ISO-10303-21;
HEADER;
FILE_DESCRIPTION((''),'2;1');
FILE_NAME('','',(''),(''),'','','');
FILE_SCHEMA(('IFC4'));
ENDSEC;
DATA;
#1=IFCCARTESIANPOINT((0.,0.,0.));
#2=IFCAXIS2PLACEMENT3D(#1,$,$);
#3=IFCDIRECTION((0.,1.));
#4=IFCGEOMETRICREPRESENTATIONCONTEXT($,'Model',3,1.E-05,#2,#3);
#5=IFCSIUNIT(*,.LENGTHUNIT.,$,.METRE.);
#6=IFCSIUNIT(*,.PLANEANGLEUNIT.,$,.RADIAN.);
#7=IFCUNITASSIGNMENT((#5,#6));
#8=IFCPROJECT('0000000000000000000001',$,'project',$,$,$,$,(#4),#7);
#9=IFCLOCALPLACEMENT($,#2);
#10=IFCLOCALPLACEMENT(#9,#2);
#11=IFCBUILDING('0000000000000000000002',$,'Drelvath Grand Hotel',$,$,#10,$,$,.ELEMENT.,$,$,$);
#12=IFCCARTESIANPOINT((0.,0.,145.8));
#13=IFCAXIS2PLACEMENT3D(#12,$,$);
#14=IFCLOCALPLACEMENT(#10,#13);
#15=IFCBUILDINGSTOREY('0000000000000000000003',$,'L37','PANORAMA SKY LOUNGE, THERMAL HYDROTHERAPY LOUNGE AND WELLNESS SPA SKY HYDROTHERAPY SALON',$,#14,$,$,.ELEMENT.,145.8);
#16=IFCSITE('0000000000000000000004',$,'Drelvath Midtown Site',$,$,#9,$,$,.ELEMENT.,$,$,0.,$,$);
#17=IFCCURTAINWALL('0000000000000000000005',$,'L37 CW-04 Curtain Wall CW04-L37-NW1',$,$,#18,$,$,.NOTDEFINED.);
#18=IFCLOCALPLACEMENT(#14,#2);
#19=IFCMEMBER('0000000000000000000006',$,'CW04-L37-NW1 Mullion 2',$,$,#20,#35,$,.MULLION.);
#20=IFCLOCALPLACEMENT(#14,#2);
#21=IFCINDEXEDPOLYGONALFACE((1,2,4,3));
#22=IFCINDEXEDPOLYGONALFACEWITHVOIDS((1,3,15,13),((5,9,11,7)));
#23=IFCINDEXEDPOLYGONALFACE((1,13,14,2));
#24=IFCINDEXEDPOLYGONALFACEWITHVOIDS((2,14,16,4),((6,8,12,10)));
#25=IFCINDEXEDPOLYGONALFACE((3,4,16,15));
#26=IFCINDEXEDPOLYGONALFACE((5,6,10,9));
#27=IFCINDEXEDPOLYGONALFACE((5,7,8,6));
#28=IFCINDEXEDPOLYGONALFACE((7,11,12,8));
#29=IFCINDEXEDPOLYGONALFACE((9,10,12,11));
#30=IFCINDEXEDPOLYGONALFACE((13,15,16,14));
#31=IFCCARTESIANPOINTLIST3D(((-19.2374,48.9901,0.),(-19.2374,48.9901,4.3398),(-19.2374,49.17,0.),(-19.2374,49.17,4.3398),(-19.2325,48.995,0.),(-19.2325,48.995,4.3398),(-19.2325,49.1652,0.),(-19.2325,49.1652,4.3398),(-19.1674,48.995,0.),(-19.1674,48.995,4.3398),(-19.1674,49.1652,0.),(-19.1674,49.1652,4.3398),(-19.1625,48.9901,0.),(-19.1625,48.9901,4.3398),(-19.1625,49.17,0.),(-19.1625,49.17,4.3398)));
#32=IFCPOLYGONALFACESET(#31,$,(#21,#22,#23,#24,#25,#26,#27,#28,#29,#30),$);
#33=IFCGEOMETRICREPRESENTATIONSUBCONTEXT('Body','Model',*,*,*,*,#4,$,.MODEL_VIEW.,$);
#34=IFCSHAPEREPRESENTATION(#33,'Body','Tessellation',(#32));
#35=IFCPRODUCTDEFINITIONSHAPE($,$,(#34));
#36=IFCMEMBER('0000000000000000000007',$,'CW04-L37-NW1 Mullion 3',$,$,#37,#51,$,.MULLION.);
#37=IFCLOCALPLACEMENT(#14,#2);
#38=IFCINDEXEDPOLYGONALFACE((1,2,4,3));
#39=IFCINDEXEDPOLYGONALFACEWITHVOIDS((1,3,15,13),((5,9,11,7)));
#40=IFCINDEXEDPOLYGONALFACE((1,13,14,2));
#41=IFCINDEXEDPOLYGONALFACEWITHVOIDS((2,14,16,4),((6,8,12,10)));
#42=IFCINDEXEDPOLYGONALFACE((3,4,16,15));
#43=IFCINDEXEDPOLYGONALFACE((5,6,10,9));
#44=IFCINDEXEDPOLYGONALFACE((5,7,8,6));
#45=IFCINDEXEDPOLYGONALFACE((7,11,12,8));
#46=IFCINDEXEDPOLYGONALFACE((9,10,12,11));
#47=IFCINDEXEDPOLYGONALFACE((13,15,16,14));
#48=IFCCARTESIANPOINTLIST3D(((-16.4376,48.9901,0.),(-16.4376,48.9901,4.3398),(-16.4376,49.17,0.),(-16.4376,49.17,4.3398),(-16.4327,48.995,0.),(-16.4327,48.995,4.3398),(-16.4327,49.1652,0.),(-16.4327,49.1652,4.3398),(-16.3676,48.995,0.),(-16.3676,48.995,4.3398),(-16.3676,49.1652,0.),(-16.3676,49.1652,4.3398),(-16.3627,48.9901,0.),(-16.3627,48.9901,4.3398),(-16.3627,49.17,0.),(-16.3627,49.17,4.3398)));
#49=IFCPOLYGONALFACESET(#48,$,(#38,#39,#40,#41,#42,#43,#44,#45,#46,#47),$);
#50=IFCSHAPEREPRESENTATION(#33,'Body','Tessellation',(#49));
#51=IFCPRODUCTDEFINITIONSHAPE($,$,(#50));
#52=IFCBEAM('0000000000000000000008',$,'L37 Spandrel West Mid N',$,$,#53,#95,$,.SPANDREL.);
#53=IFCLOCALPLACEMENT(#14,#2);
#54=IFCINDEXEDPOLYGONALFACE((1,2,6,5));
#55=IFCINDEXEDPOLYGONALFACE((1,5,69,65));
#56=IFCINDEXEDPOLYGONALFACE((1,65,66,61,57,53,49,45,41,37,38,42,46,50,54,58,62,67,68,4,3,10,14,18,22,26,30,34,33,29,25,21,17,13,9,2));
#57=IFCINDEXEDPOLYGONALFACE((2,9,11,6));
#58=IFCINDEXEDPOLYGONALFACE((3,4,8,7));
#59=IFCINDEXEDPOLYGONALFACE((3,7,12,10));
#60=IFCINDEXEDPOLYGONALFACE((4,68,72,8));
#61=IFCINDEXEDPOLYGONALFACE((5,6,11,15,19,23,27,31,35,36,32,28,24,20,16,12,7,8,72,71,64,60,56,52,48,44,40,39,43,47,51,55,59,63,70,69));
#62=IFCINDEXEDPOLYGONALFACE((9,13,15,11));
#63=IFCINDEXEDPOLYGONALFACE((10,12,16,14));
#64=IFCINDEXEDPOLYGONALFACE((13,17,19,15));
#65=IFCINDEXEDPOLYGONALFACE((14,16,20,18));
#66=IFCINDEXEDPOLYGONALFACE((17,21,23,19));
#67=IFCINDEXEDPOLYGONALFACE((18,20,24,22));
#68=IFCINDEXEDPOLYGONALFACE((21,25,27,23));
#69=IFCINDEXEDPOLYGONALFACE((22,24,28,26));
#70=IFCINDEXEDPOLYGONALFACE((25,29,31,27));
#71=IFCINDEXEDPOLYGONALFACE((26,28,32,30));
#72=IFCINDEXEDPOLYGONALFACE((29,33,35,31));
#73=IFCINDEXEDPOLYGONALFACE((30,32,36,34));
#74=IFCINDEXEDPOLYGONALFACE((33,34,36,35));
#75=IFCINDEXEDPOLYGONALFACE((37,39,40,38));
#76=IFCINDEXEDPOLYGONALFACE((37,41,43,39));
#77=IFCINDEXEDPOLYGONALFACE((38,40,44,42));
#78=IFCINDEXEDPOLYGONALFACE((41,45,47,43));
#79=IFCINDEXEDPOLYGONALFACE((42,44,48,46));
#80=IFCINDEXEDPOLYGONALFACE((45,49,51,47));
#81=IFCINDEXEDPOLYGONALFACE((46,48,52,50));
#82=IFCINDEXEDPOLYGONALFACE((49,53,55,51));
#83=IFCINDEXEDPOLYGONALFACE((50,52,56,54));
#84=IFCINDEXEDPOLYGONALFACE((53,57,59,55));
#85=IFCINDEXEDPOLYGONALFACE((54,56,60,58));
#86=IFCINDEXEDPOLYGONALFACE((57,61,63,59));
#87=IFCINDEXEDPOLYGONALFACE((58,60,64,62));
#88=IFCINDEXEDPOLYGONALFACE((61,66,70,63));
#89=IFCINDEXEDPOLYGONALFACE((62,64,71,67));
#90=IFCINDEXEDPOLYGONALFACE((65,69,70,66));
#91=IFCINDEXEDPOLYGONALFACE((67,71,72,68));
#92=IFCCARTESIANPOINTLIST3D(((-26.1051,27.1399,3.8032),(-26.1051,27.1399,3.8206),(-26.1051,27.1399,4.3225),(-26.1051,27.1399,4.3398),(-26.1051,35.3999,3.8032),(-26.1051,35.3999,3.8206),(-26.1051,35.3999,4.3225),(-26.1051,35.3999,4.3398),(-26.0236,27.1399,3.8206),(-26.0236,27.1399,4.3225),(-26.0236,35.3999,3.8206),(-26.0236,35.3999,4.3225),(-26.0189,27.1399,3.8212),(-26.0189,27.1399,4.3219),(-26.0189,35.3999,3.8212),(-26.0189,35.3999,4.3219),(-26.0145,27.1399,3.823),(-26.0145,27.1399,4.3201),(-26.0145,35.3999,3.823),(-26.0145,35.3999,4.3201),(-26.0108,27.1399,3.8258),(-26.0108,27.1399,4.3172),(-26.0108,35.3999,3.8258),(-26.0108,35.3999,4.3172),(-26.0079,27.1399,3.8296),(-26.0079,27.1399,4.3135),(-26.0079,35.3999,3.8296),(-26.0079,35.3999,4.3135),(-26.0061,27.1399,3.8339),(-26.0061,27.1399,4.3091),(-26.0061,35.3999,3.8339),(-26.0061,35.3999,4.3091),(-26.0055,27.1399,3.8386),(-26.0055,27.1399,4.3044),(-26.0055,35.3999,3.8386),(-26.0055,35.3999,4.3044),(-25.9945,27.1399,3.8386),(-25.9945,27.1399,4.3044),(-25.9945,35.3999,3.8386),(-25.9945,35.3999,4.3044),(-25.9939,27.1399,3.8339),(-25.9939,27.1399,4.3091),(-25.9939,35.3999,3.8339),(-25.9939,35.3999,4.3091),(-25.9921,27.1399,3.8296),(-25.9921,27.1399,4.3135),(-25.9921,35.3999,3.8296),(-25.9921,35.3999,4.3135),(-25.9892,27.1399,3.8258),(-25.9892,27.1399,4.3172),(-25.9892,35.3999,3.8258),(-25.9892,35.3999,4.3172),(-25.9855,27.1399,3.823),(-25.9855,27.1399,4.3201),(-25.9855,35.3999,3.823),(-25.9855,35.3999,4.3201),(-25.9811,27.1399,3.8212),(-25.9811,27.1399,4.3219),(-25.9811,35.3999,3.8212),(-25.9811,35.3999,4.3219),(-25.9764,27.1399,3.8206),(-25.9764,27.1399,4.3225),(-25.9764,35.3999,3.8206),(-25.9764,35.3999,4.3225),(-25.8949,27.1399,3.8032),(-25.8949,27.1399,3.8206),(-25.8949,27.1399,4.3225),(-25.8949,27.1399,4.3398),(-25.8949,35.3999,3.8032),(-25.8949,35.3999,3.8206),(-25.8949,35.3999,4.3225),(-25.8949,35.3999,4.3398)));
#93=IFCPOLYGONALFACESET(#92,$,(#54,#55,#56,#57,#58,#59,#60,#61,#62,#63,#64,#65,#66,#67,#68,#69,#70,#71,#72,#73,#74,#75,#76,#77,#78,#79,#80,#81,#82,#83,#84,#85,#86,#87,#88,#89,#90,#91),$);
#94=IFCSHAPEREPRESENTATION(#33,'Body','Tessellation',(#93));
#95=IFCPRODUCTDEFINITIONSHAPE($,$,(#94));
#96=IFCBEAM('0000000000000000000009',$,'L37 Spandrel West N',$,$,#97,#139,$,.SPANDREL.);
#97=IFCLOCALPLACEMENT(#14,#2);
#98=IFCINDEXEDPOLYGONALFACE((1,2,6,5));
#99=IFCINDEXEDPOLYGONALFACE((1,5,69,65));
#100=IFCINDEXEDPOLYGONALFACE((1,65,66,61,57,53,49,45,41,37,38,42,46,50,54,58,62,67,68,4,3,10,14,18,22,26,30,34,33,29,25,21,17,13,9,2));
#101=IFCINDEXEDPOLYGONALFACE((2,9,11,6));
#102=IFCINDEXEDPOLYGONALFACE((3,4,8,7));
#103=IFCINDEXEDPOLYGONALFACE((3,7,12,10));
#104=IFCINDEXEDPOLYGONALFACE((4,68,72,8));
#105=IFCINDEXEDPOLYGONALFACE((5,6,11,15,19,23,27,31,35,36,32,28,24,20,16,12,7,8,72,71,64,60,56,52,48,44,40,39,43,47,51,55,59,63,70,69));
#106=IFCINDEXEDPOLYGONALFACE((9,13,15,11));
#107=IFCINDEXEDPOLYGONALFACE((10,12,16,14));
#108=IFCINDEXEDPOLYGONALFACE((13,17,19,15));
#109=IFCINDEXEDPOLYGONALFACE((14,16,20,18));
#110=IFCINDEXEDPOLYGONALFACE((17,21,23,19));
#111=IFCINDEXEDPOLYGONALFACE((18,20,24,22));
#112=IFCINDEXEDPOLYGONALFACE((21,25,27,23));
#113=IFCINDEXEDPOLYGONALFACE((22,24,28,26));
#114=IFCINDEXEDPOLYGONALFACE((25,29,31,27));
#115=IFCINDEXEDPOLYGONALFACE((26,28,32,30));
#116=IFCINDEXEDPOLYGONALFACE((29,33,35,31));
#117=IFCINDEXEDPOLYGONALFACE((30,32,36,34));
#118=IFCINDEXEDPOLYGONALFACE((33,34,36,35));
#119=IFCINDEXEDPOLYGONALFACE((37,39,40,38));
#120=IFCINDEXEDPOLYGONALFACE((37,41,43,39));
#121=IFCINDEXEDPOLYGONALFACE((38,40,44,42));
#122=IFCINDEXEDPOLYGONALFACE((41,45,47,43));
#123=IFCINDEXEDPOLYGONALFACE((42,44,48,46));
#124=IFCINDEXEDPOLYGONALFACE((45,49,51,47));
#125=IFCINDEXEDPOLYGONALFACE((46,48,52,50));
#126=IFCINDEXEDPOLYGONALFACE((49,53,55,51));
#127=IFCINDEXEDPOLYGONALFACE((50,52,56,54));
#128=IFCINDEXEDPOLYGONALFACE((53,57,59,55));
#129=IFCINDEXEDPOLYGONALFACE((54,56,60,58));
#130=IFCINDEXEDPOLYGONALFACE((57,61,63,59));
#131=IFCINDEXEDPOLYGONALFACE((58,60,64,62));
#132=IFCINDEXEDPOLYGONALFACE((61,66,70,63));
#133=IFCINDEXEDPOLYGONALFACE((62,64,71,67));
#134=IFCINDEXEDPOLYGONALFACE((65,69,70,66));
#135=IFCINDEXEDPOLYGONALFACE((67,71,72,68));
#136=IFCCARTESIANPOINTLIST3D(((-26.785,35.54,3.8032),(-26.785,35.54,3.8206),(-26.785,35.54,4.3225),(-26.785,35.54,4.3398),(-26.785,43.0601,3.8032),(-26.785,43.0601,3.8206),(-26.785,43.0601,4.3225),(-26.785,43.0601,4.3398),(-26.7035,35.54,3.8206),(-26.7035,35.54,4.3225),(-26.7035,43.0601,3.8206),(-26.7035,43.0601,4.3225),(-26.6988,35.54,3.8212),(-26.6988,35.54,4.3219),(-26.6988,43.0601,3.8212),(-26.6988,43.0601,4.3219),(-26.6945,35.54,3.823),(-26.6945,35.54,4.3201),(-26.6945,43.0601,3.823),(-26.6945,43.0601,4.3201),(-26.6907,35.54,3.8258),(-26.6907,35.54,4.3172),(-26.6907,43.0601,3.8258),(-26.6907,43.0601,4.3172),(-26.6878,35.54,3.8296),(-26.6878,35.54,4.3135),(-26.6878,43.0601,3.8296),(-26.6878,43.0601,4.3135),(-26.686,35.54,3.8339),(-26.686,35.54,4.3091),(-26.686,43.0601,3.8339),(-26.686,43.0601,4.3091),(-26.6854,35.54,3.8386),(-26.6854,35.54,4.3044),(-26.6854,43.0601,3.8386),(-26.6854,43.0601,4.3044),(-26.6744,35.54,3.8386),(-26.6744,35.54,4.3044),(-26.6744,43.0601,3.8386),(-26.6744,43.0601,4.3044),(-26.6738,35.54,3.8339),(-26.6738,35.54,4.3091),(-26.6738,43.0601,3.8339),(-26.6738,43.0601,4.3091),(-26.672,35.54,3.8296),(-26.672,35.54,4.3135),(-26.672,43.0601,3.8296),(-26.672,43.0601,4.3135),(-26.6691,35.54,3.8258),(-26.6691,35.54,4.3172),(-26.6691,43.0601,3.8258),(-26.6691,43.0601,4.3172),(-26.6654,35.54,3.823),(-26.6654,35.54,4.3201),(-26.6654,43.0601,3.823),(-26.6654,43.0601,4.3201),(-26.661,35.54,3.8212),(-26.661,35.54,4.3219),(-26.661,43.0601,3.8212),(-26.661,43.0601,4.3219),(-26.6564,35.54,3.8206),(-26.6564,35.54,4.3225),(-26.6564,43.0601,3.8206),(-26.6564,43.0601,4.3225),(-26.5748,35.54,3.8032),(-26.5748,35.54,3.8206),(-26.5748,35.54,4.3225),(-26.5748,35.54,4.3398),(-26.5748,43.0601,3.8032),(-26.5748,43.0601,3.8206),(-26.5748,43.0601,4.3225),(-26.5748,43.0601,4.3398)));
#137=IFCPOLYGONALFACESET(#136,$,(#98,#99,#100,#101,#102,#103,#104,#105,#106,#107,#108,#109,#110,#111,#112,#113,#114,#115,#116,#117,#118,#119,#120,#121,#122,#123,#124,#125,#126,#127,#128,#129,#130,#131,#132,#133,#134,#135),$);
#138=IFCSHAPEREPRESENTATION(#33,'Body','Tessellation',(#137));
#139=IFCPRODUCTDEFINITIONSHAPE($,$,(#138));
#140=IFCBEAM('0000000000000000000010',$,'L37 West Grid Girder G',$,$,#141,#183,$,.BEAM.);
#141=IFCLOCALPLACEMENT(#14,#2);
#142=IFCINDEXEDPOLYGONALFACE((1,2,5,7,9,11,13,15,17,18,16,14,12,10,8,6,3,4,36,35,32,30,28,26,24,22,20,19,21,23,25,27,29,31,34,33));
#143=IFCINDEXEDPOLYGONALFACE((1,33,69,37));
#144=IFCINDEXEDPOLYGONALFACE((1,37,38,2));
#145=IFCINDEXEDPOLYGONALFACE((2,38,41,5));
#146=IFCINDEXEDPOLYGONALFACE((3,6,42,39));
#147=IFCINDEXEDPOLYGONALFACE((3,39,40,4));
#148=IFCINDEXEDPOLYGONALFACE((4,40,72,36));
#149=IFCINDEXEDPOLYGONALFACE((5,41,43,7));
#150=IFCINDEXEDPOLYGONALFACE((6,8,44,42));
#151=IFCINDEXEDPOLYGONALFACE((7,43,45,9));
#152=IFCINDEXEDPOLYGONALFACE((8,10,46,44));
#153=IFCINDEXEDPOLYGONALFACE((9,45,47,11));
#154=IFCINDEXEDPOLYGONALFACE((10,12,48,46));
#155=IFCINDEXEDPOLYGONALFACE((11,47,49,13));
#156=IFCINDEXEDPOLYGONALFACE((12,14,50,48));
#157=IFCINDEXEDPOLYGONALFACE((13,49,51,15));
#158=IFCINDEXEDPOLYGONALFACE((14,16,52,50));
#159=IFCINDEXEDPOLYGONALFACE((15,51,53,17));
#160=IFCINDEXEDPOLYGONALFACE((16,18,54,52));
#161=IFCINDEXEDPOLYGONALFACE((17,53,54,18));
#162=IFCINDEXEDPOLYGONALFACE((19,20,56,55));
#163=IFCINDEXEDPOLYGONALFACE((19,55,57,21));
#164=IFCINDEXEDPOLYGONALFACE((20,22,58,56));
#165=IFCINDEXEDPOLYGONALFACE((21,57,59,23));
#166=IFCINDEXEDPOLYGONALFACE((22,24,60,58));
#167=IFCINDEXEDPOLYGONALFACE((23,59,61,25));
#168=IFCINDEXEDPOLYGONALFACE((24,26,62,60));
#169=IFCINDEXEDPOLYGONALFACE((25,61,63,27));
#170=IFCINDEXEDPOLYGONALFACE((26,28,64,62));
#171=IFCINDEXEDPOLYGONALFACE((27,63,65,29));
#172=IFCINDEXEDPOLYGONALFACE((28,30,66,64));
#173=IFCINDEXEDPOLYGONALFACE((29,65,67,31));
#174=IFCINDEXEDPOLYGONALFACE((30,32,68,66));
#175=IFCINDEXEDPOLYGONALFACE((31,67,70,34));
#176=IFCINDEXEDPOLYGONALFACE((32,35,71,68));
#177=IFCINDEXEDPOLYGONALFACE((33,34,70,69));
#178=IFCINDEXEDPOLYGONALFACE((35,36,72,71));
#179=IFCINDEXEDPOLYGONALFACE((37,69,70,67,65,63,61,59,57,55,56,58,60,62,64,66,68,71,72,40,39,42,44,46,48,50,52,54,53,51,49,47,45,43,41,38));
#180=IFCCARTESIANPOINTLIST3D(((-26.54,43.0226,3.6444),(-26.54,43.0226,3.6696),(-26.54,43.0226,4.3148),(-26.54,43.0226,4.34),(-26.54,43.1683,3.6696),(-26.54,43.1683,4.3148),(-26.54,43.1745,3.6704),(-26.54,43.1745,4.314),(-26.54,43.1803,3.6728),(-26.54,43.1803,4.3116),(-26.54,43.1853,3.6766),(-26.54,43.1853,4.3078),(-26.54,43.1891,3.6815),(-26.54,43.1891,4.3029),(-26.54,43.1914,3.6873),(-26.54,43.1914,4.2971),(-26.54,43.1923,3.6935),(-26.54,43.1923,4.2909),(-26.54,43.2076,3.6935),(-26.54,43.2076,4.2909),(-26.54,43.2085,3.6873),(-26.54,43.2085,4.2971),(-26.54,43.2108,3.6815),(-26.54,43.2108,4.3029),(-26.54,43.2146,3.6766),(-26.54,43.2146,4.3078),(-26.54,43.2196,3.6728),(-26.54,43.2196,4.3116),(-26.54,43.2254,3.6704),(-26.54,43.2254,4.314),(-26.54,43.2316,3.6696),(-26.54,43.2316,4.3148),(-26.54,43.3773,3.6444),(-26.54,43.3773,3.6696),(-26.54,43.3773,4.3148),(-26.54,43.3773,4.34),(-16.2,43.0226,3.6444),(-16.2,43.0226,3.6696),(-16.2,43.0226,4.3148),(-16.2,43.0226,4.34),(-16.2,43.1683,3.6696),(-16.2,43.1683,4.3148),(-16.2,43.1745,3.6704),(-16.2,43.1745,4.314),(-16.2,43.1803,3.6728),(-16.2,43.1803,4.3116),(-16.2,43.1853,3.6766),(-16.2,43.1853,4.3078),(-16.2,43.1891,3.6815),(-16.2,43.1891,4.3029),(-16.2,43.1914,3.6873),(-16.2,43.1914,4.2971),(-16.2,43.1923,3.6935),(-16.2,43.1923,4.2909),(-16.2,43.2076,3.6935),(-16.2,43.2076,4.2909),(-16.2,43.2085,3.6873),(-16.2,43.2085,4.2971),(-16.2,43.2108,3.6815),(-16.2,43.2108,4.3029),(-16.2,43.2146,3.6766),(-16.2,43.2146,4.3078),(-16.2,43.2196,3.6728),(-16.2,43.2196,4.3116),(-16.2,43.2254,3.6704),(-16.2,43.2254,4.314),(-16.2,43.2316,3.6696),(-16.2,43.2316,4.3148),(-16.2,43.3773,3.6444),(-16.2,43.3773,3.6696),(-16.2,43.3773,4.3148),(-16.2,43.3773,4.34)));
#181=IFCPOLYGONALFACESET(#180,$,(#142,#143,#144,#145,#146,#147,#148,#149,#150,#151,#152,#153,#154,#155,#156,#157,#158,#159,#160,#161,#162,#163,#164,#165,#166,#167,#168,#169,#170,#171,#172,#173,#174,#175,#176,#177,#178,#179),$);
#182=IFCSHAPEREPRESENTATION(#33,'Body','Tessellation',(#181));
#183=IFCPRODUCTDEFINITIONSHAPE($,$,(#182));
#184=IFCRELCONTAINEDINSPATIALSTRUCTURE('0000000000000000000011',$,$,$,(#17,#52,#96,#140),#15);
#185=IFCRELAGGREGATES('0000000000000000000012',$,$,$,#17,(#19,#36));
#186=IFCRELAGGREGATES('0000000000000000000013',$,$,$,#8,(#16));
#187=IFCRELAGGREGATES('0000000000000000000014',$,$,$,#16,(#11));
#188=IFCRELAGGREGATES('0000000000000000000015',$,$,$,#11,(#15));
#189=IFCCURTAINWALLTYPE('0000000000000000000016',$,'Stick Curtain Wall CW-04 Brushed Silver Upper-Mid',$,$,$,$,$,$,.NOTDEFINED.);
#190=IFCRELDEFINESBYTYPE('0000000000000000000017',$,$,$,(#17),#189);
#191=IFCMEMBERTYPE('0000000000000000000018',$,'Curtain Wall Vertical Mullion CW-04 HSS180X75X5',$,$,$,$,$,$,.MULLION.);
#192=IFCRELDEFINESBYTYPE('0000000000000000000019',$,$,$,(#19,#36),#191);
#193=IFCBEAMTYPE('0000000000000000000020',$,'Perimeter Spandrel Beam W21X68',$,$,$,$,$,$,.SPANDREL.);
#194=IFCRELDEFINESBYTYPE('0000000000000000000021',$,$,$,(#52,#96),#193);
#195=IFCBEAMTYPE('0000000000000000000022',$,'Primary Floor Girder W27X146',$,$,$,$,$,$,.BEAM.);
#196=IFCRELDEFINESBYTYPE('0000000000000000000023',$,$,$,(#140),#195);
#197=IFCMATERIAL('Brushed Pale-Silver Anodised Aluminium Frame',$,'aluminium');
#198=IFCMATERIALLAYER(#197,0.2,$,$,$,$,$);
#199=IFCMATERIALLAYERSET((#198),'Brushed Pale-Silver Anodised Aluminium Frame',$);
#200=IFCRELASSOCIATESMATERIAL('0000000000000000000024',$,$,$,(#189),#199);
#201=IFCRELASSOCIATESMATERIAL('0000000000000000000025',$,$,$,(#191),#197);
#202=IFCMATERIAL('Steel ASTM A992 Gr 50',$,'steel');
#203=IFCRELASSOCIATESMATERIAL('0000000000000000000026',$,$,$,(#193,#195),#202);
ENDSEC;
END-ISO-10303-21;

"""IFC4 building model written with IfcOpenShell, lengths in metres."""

from ifc_helpers import new_model, si_unit, direction, frame, origin, origin_2d, place, context, subcontext, project, spatial, hollow_rectangle, i_section, extrude, material, layer, layer_set, material_profile, profile_set, type_object, element, aggregate, save


model = new_model("IFC4")

# Units and contexts
model_context = context("Model", 3, precision=1e-05, world=origin(), true_north=direction((0.0, 1.0)))
body_context = subcontext(model_context, "Body", "Model", "MODEL_VIEW")
ifc_project = project(units=[si_unit("LENGTHUNIT", "METRE"), si_unit("PLANEANGLEUNIT", "RADIAN")], contexts=[model_context])

# Site, building, storey
site_placement = place(None, origin())
site = spatial("IfcSite", under=ifc_project, at=site_placement, Name="Drelvath Midtown Site", CompositionType="ELEMENT", RefElevation=0.0)
building_placement = place(site_placement, origin())
building = spatial("IfcBuilding", under=site, at=building_placement, Name="Drelvath Grand Hotel", CompositionType="ELEMENT")
storey_placement = place(building_placement, frame((0.0, 0.0, 145.8)))
storey = spatial("IfcBuildingStorey", under=building, at=storey_placement, Name="L37", Description="PANORAMA SKY LOUNGE, THERMAL HYDROTHERAPY LOUNGE AND WELLNESS SPA SKY HYDROTHERAPY SALON", CompositionType="ELEMENT", Elevation=145.8)

# Curtain wall
ifc_material_1 = material(Name="Brushed Pale-Silver Anodised Aluminium Frame", Category="aluminium")
ifc_layer_1 = layer(ifc_material_1, 0.2)
ifc_layer_set_1 = layer_set([ifc_layer_1], Name="Brushed Pale-Silver Anodised Aluminium Frame")
curtain_wall_type = type_object("IfcCurtainWallType", Name="Stick Curtain Wall CW-04 Brushed Silver Upper-Mid", PredefinedType="NOTDEFINED", material=ifc_layer_set_1)
curtain_wall_1_placement = place(storey_placement, origin())
curtain_wall_1 = element("IfcCurtainWall", 1, at=curtain_wall_1_placement, inside=storey, type_object=curtain_wall_type, Name="L37 CW-04 Curtain Wall CW04-L37-NW1", PredefinedType="NOTDEFINED")
ifc_material_profile_1 = material_profile(ifc_material_1, hollow_rectangle(XDim=0.075, YDim=0.1799, WallThickness=0.0049, at=origin_2d()), Name="HSS180X75X5")
ifc_profile_set_1 = profile_set([ifc_material_profile_1], Name="Brushed Pale-Silver Anodised Aluminium Frame")
member_type_1 = type_object("IfcMemberType", Name="Curtain Wall Vertical Mullion CW-04 HSS180X75X5", PredefinedType="MULLION", material=ifc_profile_set_1)

# Members
member_1_placement = place(storey_placement, frame((-19.2, 49.0801, 0.0), z_axis=(0.0, 0.0, 1.0), x_axis=(1.0, 0.0, 0.0)))
member_1 = element("IfcMember", 2, at=member_1_placement, type_object=member_type_1, Name="CW04-L37-NW1 Mullion 2", PredefinedType="MULLION", context=body_context, shape_type="SweptSolid", body=[
    extrude(hollow_rectangle(XDim=0.075, YDim=0.1799, WallThickness=0.0049, at=origin_2d()), origin(), (0.0, 0.0, 1.0), 4.3398),
])
member_2_placement = place(storey_placement, frame((-16.4001, 49.0801, 0.0), z_axis=(0.0, 0.0, 1.0), x_axis=(1.0, 0.0, 0.0)))
member_2 = element("IfcMember", 3, at=member_2_placement, type_object=member_type_1, Name="CW04-L37-NW1 Mullion 3", PredefinedType="MULLION", context=body_context, shape_type="SweptSolid", body=[
    extrude(hollow_rectangle(XDim=0.075, YDim=0.1799, WallThickness=0.0049, at=origin_2d()), origin(), (0.0, 0.0, 1.0), 4.3398),
])

# Beams
ifc_material_2 = material(Name="Steel ASTM A992 Gr 50", Category="steel")
ifc_material_profile_2 = material_profile(ifc_material_2, i_section(OverallWidth=0.2102, OverallDepth=0.5366, WebThickness=0.011, FlangeThickness=0.0173, FilletRadius=0.0181, at=origin_2d()), Name="W21X68")
ifc_profile_set_2 = profile_set([ifc_material_profile_2], Name="Steel ASTM A992 Gr 50")
beam_type_1 = type_object("IfcBeamType", Name="Perimeter Spandrel Beam W21X68", PredefinedType="SPANDREL", material=ifc_profile_set_2)
beam_1_placement = place(storey_placement, frame((-26.0, 27.1399, 4.0715), z_axis=(0.0, 1.0, 0.0), x_axis=(-1.0, 0.0, 0.0)))
element("IfcBeam", 4, at=beam_1_placement, inside=storey, type_object=beam_type_1, Name="L37 Spandrel West Mid N", PredefinedType="SPANDREL", context=body_context, shape_type="SweptSolid", body=[
    extrude(i_section(OverallWidth=0.2102, OverallDepth=0.5366, WebThickness=0.011, FlangeThickness=0.0173, FilletRadius=0.0181, at=origin_2d()), origin(), (0.0, 0.0, 1.0), 8.26),
])
beam_2_placement = place(storey_placement, frame((-26.6799, 35.54, 4.0715), z_axis=(0.0, 1.0, 0.0), x_axis=(-1.0, 0.0, 0.0)))
element("IfcBeam", 5, at=beam_2_placement, inside=storey, type_object=beam_type_1, Name="L37 Spandrel West N", PredefinedType="SPANDREL", context=body_context, shape_type="SweptSolid", body=[
    extrude(i_section(OverallWidth=0.2102, OverallDepth=0.5366, WebThickness=0.011, FlangeThickness=0.0173, FilletRadius=0.0181, at=origin_2d()), origin(), (0.0, 0.0, 1.0), 7.52),
])
ifc_material_profile_3 = material_profile(ifc_material_2, i_section(OverallWidth=0.3547, OverallDepth=0.6956, WebThickness=0.0154, FlangeThickness=0.0251, FilletRadius=0.0239, at=origin_2d()), Name="W27X146")
ifc_profile_set_3 = profile_set([ifc_material_profile_3], Name="Steel ASTM A992 Gr 50")
beam_type_2 = type_object("IfcBeamType", Name="Primary Floor Girder W27X146", PredefinedType="BEAM", material=ifc_profile_set_3)
beam_3_placement = place(storey_placement, frame((-26.54, 43.2, 3.9922), z_axis=(1.0, 0.0, 0.0), x_axis=(0.0, 1.0, 0.0)))
element("IfcBeam", 6, at=beam_3_placement, inside=storey, type_object=beam_type_2, Name="L37 West Grid Girder G", PredefinedType="BEAM", context=body_context, shape_type="SweptSolid", body=[
    extrude(i_section(OverallWidth=0.3547, OverallDepth=0.6956, WebThickness=0.0154, FlangeThickness=0.0251, FilletRadius=0.0239, at=origin_2d()), origin(), (0.0, 0.0, 1.0), 10.3401),
])

aggregate(curtain_wall_1, [member_1, member_2])

save(model, "model.ifc")
